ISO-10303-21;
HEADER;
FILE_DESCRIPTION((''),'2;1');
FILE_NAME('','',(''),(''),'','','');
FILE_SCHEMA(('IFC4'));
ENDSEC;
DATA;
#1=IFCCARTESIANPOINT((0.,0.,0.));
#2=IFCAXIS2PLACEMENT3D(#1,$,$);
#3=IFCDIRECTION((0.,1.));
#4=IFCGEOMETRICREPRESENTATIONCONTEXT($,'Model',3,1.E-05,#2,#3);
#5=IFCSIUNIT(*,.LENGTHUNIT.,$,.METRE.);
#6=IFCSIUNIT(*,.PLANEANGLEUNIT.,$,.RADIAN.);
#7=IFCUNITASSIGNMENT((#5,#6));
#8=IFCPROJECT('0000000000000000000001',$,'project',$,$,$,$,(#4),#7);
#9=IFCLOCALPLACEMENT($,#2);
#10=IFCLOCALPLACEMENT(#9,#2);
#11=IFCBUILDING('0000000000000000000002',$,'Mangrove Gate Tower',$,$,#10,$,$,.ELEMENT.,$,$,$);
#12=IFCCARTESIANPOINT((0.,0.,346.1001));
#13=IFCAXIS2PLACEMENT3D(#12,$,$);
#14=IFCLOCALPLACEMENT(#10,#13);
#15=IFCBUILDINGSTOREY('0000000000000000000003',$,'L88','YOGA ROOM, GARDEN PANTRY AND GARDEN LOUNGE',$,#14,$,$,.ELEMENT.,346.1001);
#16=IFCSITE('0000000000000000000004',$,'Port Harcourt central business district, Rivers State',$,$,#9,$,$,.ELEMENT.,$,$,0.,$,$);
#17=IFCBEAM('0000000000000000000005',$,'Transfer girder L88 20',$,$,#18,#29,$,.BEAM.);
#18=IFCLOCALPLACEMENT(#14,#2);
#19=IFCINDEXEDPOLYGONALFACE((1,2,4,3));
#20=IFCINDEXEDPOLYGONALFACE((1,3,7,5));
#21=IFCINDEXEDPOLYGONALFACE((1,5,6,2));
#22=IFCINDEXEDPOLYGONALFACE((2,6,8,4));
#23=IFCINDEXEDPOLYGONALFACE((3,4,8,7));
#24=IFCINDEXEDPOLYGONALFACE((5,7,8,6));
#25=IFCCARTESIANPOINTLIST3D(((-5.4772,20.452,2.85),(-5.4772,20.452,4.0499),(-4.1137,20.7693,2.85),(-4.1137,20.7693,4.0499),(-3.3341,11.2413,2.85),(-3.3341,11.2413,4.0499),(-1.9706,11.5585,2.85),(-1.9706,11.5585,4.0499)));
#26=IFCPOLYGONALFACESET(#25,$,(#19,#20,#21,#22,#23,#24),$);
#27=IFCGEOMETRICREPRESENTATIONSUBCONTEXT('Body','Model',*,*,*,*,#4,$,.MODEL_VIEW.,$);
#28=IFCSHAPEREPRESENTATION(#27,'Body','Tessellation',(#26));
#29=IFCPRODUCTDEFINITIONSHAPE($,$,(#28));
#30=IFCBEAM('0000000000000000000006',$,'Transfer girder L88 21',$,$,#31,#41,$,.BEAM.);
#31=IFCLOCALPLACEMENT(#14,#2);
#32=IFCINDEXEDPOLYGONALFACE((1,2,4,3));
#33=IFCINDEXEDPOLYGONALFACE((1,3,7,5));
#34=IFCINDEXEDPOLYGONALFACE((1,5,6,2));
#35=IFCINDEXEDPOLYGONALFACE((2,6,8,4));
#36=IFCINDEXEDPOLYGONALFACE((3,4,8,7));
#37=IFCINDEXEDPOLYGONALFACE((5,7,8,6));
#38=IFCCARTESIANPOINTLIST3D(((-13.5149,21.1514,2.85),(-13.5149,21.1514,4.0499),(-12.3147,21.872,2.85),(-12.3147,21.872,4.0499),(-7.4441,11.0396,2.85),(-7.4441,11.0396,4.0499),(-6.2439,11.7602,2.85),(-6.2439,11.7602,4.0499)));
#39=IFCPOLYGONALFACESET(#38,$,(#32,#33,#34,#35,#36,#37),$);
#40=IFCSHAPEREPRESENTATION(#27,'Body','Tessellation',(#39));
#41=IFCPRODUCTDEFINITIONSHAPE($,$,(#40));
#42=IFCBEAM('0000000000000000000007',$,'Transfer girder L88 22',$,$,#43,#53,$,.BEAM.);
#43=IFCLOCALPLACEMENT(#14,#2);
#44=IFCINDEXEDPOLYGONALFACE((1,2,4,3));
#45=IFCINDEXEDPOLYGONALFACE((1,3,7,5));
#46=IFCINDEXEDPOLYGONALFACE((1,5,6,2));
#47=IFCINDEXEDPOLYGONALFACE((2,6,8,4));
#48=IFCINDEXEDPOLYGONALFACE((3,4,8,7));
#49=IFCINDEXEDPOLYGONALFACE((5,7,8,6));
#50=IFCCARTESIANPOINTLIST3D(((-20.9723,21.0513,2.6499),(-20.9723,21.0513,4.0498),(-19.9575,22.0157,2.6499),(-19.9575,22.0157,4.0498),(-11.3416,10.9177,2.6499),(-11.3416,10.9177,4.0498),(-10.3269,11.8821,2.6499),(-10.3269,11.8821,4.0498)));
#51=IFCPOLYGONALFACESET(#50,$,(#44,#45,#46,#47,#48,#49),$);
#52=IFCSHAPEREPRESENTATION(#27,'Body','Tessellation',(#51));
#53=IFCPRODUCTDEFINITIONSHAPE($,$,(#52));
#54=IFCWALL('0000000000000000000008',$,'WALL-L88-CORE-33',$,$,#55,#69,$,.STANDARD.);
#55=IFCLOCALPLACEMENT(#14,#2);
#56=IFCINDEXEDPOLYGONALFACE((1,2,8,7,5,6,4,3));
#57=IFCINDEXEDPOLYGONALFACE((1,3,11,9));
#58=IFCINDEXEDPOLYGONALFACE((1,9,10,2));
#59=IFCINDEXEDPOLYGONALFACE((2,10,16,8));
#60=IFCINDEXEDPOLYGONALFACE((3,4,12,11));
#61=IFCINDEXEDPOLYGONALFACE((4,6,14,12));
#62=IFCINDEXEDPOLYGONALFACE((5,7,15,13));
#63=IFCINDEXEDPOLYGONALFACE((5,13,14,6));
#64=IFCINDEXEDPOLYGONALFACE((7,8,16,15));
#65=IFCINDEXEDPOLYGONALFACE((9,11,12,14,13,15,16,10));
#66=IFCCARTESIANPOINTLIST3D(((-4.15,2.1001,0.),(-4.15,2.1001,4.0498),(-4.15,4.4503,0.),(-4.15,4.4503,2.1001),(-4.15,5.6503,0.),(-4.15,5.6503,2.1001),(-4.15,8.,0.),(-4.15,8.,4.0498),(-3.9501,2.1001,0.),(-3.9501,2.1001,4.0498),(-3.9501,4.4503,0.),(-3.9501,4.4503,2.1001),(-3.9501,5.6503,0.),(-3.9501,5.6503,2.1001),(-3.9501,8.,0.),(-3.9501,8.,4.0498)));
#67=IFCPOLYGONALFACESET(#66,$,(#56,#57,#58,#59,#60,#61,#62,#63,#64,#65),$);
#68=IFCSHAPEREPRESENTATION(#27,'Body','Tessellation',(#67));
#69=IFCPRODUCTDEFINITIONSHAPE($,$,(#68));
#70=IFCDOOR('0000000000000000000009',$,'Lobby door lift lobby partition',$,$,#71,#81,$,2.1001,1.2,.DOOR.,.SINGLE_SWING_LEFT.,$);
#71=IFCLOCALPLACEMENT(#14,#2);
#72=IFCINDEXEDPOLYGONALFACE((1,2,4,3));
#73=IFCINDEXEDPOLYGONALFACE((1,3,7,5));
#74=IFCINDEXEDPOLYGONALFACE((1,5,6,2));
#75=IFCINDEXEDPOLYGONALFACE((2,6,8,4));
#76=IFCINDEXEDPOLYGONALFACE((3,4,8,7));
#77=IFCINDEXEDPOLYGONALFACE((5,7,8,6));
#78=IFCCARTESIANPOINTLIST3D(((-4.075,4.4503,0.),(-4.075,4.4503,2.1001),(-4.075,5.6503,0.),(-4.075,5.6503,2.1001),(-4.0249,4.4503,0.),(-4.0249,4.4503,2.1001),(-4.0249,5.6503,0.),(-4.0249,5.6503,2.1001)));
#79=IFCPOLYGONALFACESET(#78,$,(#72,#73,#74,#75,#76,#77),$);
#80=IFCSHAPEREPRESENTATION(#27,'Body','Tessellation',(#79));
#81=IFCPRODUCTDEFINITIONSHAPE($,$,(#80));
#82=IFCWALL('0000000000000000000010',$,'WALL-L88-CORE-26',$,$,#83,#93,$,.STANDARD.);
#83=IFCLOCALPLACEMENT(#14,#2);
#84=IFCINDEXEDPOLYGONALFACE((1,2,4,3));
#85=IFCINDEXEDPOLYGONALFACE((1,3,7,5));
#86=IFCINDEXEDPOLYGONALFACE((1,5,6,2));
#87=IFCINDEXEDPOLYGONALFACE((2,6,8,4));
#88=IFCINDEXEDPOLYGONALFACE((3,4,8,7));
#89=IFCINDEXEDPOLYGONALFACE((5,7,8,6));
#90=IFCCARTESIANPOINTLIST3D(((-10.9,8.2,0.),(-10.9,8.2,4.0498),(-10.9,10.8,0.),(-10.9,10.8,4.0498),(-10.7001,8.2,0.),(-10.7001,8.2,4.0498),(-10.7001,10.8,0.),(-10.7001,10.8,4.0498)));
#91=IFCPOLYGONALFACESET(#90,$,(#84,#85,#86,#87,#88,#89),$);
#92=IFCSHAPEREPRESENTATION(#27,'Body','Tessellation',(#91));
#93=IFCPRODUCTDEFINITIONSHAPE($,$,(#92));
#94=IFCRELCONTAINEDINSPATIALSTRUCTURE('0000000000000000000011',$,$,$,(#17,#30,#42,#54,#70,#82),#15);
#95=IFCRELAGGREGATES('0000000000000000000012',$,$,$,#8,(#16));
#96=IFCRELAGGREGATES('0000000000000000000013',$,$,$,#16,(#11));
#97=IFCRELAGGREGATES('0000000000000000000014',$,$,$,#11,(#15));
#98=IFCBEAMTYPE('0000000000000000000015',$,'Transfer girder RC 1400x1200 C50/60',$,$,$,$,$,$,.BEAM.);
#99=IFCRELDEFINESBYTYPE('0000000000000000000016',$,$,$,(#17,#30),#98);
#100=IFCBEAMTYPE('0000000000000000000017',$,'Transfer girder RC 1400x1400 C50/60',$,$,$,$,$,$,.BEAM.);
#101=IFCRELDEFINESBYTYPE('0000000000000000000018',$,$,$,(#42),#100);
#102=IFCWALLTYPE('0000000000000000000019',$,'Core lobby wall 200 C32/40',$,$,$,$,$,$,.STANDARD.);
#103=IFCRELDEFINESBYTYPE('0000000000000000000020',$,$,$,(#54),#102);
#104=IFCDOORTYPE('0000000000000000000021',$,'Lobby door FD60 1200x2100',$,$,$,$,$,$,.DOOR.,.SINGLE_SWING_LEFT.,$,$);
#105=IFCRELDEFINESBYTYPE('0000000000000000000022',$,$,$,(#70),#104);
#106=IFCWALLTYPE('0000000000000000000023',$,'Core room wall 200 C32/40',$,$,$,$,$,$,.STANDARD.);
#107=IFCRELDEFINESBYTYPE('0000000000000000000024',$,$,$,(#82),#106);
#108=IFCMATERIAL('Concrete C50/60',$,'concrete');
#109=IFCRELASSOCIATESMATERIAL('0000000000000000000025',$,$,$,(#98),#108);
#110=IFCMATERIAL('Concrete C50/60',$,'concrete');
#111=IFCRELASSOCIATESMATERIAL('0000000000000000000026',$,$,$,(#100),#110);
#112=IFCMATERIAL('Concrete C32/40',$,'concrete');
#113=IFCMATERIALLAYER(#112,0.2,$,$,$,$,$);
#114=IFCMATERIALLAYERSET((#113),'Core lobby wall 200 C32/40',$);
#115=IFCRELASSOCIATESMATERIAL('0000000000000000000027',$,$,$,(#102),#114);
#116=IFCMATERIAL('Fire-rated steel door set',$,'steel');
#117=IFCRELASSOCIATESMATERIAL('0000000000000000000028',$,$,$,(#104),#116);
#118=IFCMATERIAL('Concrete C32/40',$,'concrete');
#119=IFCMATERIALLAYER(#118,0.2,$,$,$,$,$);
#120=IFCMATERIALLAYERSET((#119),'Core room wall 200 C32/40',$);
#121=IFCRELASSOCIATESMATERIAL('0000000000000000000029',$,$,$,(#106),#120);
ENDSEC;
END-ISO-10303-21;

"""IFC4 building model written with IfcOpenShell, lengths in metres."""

from ifc_helpers import new_model, si_unit, direction, frame, frame_2d, origin, origin_2d, place, context, subcontext, project, spatial, rectangle, extrude, material, layer, layer_set, material_profile, profile_set, type_object, element, fill, save


model = new_model("IFC4")

# Units and contexts
model_context = context("Model", 3, precision=1e-05, world=origin(), true_north=direction((0.0, 1.0)))
body_context = subcontext(model_context, "Body", "Model", "MODEL_VIEW")
ifc_project = project(units=[si_unit("LENGTHUNIT", "METRE"), si_unit("PLANEANGLEUNIT", "RADIAN")], contexts=[model_context])

# Site, building, storey
site_placement = place(None, origin())
site = spatial("IfcSite", under=ifc_project, at=site_placement, Name="Port Harcourt central business district, Rivers State", CompositionType="ELEMENT", RefElevation=0.0)
building_placement = place(site_placement, origin())
building = spatial("IfcBuilding", under=site, at=building_placement, Name="Mangrove Gate Tower", CompositionType="ELEMENT")
storey_placement = place(building_placement, frame((0.0, 0.0, 346.1001)))
storey = spatial("IfcBuildingStorey", under=building, at=storey_placement, Name="L88", Description="YOGA ROOM, GARDEN PANTRY AND GARDEN LOUNGE", CompositionType="ELEMENT", Elevation=346.1001)

# Beams
ifc_material_1 = material(Name="Concrete C50/60", Category="concrete")
ifc_material_profile_1 = material_profile(ifc_material_1, rectangle(XDim=1.3999, YDim=1.2, at=origin_2d()))
ifc_profile_set_1 = profile_set([ifc_material_profile_1], Name="Concrete C50/60")
beam_type_1 = type_object("IfcBeamType", Name="Transfer girder RC 1400x1200 C50/60", PredefinedType="BEAM", material=ifc_profile_set_1)
beam_1_placement = place(storey_placement, frame((-2.6523, 11.3999, 3.45), z_axis=(-0.226618, 0.973984, 0.0), x_axis=(-0.973984, -0.226618, 0.0)))
element("IfcBeam", 1, at=beam_1_placement, inside=storey, type_object=beam_type_1, Name="Transfer girder L88 20", PredefinedType="BEAM", context=body_context, shape_type="SweptSolid", body=[
    extrude(rectangle(XDim=1.3999, YDim=1.2, at=origin_2d()), origin(), (0.0, 0.0, 1.0), 9.4568),
])
beam_2_placement = place(storey_placement, frame((-6.844, 11.3999, 3.45), z_axis=(-0.514727, 0.857354, 0.0), x_axis=(-0.857354, -0.514727, 0.0)))
element("IfcBeam", 2, at=beam_2_placement, inside=storey, type_object=beam_type_1, Name="Transfer girder L88 21", PredefinedType="BEAM", context=body_context, shape_type="SweptSolid", body=[
    extrude(rectangle(XDim=1.3999, YDim=1.2, at=origin_2d()), origin(), (0.0, 0.0, 1.0), 11.7942),
])
ifc_material_2 = material(Name="Concrete C50/60", Category="concrete")
ifc_material_profile_2 = material_profile(ifc_material_2, rectangle(XDim=1.3999, YDim=1.3999, at=origin_2d()))
ifc_profile_set_2 = profile_set([ifc_material_profile_2], Name="Concrete C50/60")
beam_type_2 = type_object("IfcBeamType", Name="Transfer girder RC 1400x1400 C50/60", PredefinedType="BEAM", material=ifc_profile_set_2)
beam_3_placement = place(storey_placement, frame((-10.8342, 11.3999, 3.3499), z_axis=(-0.68889, 0.724866, 0.0), x_axis=(-0.724866, -0.68889, 0.0)))
element("IfcBeam", 3, at=beam_3_placement, inside=storey, type_object=beam_type_2, Name="Transfer girder L88 22", PredefinedType="BEAM", context=body_context, shape_type="SweptSolid", body=[
    extrude(rectangle(XDim=1.3999, YDim=1.3999, at=origin_2d()), origin(), (0.0, 0.0, 1.0), 13.98),
])

# Wall, opening, door
ifc_material_3 = material(Name="Concrete C32/40", Category="concrete")
ifc_layer_1 = layer(ifc_material_3, 0.2)
ifc_layer_set_1 = layer_set([ifc_layer_1], Name="Core lobby wall 200 C32/40")
wall_type_1 = type_object("IfcWallType", Name="Core lobby wall 200 C32/40", PredefinedType="STANDARD", material=ifc_layer_set_1)
wall_1_placement = place(storey_placement, frame((-4.05, 2.1001, 0.0), z_axis=(0.0, 0.0, 1.0), x_axis=(0.0, 1.0, 0.0)))
wall_1 = element("IfcWall", 4, at=wall_1_placement, inside=storey, type_object=wall_type_1, Name="WALL-L88-CORE-33", PredefinedType="STANDARD", context=body_context, shape_type="SweptSolid", body=[
    extrude(rectangle(XDim=5.8999, YDim=0.2, at=frame_2d((2.95, 0.0))), origin(), (0.0, 0.0, 1.0), 4.0498),
])
opening_1_placement = place(wall_1_placement, frame((2.3501, 0.0, 0.0)))
opening_1 = element("IfcOpeningElement", 5, at=opening_1_placement, cuts=wall_1, PredefinedType="OPENING", context=body_context, shape_type="SweptSolid", body=[
    extrude(rectangle(XDim=1.2, YDim=2.1001, at=frame_2d((0.6001, 1.05))), frame((0.0, 0.1099, 0.0), z_axis=(0.0, -1.0, 0.0), x_axis=(1.0, 0.0, 0.0)), (0.0, 0.0, 1.0), 0.22),
])
ifc_material_4 = material(Name="Fire-rated steel door set", Category="steel")
door_type_1 = type_object("IfcDoorType", Name="Lobby door FD60 1200x2100", OperationType="SINGLE_SWING_LEFT", PredefinedType="DOOR", material=ifc_material_4)
door_1_placement = place(opening_1_placement, origin())
door_1 = element("IfcDoor", 6, at=door_1_placement, inside=storey, type_object=door_type_1, Name="Lobby door lift lobby partition", OperationType="SINGLE_SWING_LEFT", OverallHeight=2.1001, OverallWidth=1.2, PredefinedType="DOOR", context=body_context, shape_type="SweptSolid", body=[
    extrude(rectangle(XDim=1.2, YDim=2.1001, at=frame_2d((0.6001, 1.05))), frame((0.0, 0.0249, 0.0), z_axis=(0.0, -1.0, 0.0), x_axis=(1.0, 0.0, 0.0)), (0.0, 0.0, 1.0), 0.05),
])
fill(opening_1, door_1)

# Wall
ifc_material_5 = material(Name="Concrete C32/40", Category="concrete")
ifc_layer_2 = layer(ifc_material_5, 0.2)
ifc_layer_set_2 = layer_set([ifc_layer_2], Name="Core room wall 200 C32/40")
wall_type_2 = type_object("IfcWallType", Name="Core room wall 200 C32/40", PredefinedType="STANDARD", material=ifc_layer_set_2)
wall_2_placement = place(storey_placement, frame((-10.8, 8.2, 0.0), z_axis=(0.0, 0.0, 1.0), x_axis=(0.0, 1.0, 0.0)))
element("IfcWall", 7, at=wall_2_placement, inside=storey, type_object=wall_type_2, Name="WALL-L88-CORE-26", PredefinedType="STANDARD", context=body_context, shape_type="SweptSolid", body=[
    extrude(rectangle(XDim=2.6001, YDim=0.2, at=frame_2d((1.3, 0.0))), origin(), (0.0, 0.0, 1.0), 4.0498),
])

save(model, "model.ifc")
